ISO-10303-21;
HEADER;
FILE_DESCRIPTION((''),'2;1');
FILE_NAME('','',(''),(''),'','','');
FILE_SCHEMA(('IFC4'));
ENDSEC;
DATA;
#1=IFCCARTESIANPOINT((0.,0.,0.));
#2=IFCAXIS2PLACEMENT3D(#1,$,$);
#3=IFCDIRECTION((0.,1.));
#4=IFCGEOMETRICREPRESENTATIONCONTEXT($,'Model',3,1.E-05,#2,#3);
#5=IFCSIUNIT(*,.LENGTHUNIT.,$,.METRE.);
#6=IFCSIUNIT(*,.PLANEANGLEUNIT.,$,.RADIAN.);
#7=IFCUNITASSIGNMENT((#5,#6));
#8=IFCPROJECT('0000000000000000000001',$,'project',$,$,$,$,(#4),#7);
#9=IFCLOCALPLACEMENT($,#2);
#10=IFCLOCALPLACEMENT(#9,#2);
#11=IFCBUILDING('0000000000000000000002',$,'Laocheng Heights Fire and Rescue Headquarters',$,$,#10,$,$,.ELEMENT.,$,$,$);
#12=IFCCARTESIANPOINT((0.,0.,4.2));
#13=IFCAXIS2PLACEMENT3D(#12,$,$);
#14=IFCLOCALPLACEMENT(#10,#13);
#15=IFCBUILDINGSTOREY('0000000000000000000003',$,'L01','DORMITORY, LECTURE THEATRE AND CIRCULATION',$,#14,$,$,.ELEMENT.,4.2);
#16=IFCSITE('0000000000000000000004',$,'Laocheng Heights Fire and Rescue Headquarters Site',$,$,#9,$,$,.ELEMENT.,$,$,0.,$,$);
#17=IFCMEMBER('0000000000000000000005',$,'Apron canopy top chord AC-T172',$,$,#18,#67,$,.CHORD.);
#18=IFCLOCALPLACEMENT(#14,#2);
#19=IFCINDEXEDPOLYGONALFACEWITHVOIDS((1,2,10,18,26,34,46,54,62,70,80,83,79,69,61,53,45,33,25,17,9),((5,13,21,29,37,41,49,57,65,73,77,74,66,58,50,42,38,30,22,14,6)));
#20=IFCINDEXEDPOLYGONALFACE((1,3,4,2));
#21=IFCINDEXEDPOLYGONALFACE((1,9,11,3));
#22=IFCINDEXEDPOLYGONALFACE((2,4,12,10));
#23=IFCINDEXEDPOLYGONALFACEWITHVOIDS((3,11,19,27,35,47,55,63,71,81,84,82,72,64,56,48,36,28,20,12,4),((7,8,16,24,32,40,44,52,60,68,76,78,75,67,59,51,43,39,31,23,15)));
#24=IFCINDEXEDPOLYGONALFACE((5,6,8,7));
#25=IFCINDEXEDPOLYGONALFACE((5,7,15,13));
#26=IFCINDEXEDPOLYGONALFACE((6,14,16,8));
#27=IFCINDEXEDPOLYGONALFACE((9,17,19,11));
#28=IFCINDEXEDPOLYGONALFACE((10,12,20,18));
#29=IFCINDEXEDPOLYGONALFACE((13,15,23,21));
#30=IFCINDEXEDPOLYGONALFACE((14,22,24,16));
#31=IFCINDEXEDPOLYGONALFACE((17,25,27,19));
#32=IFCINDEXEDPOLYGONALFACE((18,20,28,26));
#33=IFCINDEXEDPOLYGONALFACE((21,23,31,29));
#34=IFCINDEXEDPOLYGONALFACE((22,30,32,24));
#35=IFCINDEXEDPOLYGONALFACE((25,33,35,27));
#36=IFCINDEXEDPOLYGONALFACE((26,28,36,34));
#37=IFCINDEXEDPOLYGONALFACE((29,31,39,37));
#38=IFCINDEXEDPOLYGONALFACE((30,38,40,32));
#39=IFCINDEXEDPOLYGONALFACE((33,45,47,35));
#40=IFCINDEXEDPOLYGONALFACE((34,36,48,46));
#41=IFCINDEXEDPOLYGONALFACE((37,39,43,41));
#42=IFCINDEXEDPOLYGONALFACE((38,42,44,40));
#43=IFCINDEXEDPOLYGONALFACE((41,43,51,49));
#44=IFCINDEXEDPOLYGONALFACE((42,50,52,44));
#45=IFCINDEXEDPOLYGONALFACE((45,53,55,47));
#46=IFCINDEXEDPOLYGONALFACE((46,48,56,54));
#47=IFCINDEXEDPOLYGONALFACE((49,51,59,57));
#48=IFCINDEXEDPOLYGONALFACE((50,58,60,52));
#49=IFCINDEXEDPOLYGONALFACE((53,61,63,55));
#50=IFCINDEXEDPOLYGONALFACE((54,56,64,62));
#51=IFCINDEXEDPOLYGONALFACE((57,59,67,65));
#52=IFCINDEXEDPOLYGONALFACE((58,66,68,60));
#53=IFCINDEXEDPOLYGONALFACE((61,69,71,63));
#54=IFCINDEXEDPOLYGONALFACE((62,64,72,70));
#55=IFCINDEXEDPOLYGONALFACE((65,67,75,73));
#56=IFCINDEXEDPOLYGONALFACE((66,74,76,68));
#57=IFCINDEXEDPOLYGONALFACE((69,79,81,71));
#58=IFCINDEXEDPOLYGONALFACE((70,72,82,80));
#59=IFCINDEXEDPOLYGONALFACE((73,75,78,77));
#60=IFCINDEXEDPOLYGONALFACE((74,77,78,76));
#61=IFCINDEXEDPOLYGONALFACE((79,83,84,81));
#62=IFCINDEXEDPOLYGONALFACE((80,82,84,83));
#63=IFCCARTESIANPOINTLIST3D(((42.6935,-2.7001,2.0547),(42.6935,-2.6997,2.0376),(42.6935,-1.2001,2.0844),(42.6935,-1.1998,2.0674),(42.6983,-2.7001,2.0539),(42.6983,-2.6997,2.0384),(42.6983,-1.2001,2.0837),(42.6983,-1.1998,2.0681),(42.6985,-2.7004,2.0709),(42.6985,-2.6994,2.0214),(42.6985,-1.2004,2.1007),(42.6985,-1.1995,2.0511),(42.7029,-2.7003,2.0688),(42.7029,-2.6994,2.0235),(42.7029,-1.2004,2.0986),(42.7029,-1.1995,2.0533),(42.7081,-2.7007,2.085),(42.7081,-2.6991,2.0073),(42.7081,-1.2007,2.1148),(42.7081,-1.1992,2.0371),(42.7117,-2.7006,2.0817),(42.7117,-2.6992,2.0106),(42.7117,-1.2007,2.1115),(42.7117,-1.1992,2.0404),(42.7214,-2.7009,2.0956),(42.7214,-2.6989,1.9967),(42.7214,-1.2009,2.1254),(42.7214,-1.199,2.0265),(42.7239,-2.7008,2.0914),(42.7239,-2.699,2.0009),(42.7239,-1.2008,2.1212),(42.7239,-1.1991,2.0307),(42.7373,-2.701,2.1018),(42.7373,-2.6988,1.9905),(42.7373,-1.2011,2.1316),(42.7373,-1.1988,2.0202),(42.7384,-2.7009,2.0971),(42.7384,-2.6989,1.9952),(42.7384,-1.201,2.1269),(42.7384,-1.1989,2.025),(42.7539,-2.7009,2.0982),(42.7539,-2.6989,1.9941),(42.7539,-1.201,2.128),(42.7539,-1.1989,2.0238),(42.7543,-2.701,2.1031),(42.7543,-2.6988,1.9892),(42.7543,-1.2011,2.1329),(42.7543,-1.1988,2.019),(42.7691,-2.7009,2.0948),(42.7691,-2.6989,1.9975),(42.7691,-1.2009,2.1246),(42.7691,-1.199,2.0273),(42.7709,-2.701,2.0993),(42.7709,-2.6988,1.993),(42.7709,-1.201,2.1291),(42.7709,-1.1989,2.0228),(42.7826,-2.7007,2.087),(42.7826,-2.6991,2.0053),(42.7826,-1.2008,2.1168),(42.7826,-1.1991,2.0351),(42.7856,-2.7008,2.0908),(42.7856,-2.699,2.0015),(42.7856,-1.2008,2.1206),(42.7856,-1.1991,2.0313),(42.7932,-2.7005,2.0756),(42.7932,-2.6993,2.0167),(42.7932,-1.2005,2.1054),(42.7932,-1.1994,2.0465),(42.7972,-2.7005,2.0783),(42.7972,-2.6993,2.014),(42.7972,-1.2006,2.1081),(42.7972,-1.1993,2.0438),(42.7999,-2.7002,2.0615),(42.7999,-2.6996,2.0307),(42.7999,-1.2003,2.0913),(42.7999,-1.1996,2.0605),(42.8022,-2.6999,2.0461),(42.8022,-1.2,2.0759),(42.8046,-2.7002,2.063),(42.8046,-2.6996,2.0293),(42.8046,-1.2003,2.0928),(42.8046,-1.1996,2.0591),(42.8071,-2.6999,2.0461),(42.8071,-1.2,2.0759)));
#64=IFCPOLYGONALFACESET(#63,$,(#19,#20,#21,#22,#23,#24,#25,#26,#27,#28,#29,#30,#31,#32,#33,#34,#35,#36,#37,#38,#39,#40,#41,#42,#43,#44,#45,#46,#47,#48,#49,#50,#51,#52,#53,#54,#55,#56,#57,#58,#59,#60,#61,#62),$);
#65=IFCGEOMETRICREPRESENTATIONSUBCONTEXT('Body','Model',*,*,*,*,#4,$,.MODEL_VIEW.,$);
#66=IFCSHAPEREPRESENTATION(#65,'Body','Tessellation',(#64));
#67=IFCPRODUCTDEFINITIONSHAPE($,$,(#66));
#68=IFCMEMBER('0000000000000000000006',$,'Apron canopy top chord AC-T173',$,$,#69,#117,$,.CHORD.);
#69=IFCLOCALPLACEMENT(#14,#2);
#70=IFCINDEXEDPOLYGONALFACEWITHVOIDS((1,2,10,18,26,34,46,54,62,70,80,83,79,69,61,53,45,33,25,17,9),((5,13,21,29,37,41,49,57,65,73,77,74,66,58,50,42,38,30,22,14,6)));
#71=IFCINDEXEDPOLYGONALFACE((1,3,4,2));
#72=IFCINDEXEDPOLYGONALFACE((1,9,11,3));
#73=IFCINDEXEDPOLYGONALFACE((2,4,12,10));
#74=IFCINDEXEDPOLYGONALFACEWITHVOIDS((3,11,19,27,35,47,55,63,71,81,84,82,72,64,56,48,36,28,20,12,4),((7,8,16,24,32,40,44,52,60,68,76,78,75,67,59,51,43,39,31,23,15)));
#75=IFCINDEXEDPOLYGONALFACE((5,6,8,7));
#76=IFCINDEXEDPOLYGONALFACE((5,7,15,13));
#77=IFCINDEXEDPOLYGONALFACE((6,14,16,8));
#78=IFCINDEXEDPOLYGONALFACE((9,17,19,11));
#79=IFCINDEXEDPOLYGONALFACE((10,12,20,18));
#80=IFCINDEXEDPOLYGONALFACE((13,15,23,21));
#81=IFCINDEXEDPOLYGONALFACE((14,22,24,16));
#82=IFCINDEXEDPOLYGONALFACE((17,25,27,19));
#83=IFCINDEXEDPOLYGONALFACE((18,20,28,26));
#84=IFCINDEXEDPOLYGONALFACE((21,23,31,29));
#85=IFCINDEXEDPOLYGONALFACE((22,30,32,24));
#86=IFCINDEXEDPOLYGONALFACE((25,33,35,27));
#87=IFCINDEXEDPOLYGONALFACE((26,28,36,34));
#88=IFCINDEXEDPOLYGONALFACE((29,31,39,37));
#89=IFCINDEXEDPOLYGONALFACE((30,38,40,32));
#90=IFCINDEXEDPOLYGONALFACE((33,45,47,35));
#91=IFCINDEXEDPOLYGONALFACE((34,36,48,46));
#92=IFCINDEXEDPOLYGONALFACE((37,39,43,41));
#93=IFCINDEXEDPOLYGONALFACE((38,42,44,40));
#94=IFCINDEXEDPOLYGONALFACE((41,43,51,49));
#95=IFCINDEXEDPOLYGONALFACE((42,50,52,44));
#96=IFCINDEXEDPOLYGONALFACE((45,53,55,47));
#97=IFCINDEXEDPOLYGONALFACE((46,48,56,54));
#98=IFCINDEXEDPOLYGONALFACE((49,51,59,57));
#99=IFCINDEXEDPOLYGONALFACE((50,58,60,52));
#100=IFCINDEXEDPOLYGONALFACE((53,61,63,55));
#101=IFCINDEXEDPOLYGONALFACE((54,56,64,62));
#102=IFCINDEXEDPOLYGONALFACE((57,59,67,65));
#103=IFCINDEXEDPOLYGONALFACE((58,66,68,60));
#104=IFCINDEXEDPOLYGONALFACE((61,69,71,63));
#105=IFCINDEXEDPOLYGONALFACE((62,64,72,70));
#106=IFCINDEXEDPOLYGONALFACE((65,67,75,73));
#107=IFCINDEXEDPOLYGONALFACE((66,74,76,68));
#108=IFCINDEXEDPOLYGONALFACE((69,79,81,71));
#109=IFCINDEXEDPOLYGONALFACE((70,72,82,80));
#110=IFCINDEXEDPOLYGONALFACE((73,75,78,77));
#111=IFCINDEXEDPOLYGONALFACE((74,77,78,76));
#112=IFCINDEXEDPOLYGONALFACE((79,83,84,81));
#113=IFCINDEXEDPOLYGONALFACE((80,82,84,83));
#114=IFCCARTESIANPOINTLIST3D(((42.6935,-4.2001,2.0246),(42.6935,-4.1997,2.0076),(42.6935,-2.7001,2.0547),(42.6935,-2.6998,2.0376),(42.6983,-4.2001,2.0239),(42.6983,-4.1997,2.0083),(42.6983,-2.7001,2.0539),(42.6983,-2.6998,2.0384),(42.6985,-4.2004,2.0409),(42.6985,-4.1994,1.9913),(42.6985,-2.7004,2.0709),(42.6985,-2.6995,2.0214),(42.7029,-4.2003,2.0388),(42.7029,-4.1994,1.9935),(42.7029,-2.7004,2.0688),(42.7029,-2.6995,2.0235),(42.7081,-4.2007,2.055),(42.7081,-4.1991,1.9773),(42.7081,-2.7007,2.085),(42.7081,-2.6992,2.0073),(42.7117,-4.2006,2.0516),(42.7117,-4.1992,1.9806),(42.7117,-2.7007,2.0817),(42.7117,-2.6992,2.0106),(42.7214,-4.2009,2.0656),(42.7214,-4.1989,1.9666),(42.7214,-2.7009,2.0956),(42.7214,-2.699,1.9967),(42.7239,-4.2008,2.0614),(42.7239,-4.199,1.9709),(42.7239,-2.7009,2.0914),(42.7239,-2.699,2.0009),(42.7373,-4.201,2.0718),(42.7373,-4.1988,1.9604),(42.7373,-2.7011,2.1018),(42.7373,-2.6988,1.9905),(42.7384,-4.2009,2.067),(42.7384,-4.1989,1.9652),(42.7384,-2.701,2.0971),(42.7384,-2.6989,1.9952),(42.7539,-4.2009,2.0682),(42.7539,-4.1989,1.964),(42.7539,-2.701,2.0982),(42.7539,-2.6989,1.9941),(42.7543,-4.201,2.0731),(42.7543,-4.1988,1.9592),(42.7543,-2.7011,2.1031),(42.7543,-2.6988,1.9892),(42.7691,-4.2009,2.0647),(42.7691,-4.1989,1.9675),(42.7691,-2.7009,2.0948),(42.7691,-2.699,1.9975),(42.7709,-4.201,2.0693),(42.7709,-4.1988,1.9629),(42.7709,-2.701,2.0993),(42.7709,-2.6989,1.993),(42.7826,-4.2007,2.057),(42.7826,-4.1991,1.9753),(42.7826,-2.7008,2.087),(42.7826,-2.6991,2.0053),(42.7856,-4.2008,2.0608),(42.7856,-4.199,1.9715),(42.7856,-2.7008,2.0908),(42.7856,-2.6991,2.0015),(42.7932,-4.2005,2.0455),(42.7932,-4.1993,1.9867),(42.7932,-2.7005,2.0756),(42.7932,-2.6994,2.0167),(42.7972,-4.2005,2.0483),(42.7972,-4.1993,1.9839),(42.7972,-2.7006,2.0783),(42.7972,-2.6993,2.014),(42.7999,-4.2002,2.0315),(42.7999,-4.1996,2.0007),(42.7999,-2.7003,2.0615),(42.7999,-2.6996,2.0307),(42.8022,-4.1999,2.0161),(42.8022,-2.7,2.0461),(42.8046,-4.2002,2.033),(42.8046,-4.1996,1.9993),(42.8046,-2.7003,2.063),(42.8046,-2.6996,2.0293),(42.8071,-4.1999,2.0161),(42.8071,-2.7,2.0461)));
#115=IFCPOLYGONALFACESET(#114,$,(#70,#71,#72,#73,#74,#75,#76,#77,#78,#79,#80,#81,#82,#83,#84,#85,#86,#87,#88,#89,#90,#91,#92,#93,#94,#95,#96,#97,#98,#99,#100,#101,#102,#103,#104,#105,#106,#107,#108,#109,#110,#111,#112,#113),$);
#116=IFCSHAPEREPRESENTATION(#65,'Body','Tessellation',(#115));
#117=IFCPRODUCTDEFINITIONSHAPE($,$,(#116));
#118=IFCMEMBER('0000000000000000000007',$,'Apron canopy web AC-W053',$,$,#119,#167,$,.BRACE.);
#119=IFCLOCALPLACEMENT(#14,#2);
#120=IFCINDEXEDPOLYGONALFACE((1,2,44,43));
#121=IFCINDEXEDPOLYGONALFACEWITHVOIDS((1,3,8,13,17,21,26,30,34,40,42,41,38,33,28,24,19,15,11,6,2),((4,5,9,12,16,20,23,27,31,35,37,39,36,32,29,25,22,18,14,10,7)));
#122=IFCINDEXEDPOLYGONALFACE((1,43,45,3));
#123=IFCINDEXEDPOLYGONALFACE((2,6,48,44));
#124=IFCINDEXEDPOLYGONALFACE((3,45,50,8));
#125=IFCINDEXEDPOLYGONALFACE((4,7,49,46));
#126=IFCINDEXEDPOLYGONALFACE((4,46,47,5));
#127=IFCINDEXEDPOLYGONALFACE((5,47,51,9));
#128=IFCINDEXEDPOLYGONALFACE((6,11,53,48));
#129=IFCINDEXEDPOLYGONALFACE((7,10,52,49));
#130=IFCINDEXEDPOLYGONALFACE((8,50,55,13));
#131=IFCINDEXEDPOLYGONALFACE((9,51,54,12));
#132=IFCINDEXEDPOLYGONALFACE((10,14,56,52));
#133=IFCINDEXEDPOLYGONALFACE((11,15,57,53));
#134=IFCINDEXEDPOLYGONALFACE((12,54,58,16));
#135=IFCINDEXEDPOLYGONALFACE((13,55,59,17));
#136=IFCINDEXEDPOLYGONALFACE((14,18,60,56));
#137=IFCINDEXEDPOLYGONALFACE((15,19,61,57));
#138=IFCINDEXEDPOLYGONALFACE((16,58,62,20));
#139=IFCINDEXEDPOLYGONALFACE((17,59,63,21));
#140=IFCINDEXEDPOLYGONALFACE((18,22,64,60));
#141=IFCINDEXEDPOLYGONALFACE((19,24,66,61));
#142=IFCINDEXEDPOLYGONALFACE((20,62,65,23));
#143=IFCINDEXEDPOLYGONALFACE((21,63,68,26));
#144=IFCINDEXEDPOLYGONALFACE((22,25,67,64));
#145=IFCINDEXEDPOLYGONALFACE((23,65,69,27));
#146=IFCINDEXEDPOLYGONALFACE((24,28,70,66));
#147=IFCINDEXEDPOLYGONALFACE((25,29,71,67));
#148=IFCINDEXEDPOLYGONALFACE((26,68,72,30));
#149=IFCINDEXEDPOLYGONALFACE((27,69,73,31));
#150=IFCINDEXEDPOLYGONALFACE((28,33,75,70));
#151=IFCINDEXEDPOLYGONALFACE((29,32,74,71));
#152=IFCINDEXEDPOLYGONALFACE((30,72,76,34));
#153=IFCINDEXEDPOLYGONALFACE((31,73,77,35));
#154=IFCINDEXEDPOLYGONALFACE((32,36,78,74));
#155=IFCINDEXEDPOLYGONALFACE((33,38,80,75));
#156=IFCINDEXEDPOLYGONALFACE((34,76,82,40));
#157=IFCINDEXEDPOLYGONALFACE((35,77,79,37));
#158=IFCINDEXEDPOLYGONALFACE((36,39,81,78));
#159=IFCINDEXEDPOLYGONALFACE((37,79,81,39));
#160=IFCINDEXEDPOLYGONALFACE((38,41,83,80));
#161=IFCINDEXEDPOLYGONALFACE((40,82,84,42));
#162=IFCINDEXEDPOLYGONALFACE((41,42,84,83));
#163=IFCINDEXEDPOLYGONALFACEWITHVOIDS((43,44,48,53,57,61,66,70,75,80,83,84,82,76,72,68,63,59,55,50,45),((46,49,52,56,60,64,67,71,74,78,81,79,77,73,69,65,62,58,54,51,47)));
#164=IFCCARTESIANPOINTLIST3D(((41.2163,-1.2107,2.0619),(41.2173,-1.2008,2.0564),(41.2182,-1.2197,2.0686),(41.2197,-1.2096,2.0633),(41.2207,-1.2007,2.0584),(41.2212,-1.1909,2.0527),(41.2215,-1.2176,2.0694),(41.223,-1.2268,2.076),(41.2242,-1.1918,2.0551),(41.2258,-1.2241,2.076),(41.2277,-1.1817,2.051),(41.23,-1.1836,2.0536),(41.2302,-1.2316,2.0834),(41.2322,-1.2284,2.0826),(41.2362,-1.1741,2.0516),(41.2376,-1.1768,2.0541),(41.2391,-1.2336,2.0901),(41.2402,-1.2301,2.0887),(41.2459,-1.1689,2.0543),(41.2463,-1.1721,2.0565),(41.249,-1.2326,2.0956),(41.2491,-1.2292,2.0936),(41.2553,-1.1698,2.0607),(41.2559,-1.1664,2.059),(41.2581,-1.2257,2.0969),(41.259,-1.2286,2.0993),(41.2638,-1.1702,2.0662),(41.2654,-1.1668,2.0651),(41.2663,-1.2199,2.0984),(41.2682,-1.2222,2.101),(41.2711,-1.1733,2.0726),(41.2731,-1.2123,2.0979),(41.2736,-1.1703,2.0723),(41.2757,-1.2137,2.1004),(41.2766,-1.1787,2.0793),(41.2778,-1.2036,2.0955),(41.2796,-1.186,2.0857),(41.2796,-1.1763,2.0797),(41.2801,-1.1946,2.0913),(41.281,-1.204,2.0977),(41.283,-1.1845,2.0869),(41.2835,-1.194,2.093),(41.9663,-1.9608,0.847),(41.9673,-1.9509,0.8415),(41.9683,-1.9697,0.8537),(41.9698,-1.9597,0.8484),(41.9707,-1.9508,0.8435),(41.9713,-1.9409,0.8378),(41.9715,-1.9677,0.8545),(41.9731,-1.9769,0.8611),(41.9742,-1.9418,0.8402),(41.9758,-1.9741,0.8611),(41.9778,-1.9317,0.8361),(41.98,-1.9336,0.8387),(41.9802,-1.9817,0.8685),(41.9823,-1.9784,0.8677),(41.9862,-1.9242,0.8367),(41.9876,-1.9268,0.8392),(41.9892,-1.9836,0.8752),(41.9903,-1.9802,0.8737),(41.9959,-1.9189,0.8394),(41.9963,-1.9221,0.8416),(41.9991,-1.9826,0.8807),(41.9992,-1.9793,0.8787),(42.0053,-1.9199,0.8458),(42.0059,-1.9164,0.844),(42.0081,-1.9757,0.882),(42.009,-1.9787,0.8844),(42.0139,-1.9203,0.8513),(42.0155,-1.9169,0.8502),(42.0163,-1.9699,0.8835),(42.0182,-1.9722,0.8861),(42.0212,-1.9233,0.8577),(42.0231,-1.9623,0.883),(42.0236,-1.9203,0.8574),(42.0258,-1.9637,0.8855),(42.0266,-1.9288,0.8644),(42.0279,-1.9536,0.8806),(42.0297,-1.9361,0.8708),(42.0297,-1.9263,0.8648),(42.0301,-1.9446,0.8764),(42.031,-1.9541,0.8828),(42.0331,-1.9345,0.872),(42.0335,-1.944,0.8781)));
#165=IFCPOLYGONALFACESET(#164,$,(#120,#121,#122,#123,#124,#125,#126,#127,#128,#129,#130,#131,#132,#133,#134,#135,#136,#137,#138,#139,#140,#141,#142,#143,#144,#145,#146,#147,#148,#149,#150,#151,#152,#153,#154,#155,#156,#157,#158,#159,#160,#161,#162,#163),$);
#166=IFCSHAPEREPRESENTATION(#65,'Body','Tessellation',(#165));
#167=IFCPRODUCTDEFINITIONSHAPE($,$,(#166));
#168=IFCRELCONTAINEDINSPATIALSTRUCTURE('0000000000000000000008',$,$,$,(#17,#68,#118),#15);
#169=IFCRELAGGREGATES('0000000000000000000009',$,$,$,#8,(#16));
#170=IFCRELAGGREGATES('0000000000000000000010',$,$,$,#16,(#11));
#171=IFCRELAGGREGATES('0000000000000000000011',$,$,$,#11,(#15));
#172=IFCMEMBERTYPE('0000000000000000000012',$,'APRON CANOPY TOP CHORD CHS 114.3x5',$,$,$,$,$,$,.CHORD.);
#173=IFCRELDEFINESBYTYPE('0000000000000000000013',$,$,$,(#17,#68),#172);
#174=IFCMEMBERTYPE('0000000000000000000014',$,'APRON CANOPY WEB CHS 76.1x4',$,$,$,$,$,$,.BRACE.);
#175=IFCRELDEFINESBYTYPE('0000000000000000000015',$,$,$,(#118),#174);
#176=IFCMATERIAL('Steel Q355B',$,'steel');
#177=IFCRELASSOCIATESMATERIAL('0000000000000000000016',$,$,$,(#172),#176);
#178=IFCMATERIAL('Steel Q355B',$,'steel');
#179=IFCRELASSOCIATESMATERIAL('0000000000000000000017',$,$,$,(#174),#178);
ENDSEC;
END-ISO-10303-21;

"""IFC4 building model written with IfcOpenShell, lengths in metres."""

from ifc_helpers import new_model, si_unit, direction, frame, origin, origin_2d, place, context, subcontext, project, spatial, hollow_circle, extrude, material, material_profile, profile_set, type_object, element, save


model = new_model("IFC4")

# Units and contexts
model_context = context("Model", 3, precision=1e-05, world=origin(), true_north=direction((0.0, 1.0)))
body_context = subcontext(model_context, "Body", "Model", "MODEL_VIEW")
ifc_project = project(units=[si_unit("LENGTHUNIT", "METRE"), si_unit("PLANEANGLEUNIT", "RADIAN")], contexts=[model_context])

# Site, building, storey
site_placement = place(None, origin())
site = spatial("IfcSite", under=ifc_project, at=site_placement, Name="Laocheng Heights Fire and Rescue Headquarters Site", CompositionType="ELEMENT", RefElevation=0.0)
building_placement = place(site_placement, origin())
building = spatial("IfcBuilding", under=site, at=building_placement, Name="Laocheng Heights Fire and Rescue Headquarters", CompositionType="ELEMENT")
storey_placement = place(building_placement, frame((0.0, 0.0, 4.2)))
storey = spatial("IfcBuildingStorey", under=building, at=storey_placement, Name="L01", Description="DORMITORY, LECTURE THEATRE AND CIRCULATION", CompositionType="ELEMENT", Elevation=4.2)

# Members
ifc_material_1 = material(Name="Steel Q355B", Category="steel")
ifc_material_profile_1 = material_profile(ifc_material_1, hollow_circle(Radius=0.0571, WallThickness=0.0049, at=origin_2d()), Name="CHS 114.3x5")
ifc_profile_set_1 = profile_set([ifc_material_profile_1], Name="Steel Q355B")
member_type_1 = type_object("IfcMemberType", Name="APRON CANOPY TOP CHORD CHS 114.3x5", PredefinedType="CHORD", material=ifc_profile_set_1)
for number, where, z_axis, x_axis, name in (
    (1, (42.75, -1.2, 2.0759), (0.0, -0.999803, -0.019853), (1.0, 0.0, 0.0), "Apron canopy top chord AC-T172"),
    (2, (42.75, -2.7, 2.0461), (0.0, -0.9998, -0.020016), (1.0, 0.0, 0.0), "Apron canopy top chord AC-T173"),
):
    element("IfcMember", number, at=place(storey_placement, frame(where, z_axis=z_axis, x_axis=x_axis)), inside=storey, type_object=member_type_1, Name=name, PredefinedType="CHORD", context=body_context, shape_type="SweptSolid", body=[
        extrude(hollow_circle(Radius=0.0571, WallThickness=0.0049, at=origin_2d()), origin(), (0.0, 0.0, 1.0), 1.5002),
    ])
ifc_material_2 = material(Name="Steel Q355B", Category="steel")
ifc_material_profile_2 = material_profile(ifc_material_2, hollow_circle(Radius=0.0381, WallThickness=0.0039, at=origin_2d()), Name="CHS 76.1x4")
ifc_profile_set_2 = profile_set([ifc_material_profile_2], Name="Steel Q355B")
member_type_2 = type_object("IfcMemberType", Name="APRON CANOPY WEB CHS 76.1x4", PredefinedType="BRACE", material=ifc_profile_set_2)
for number, where, z_axis, x_axis, name in (
    (3, (42.0, -1.95, 0.8611), (-0.465055, 0.465055, 0.753292), (-0.707107, -0.707107, 0.0), "Apron canopy web AC-W053"),
):
    element("IfcMember", number, at=place(storey_placement, frame(where, z_axis=z_axis, x_axis=x_axis)), inside=storey, type_object=member_type_2, Name=name, PredefinedType="BRACE", context=body_context, shape_type="SweptSolid", body=[
        extrude(hollow_circle(Radius=0.0381, WallThickness=0.0039, at=origin_2d()), origin(), (0.0, 0.0, 1.0), 1.6128),
    ])

save(model, "model.ifc")
